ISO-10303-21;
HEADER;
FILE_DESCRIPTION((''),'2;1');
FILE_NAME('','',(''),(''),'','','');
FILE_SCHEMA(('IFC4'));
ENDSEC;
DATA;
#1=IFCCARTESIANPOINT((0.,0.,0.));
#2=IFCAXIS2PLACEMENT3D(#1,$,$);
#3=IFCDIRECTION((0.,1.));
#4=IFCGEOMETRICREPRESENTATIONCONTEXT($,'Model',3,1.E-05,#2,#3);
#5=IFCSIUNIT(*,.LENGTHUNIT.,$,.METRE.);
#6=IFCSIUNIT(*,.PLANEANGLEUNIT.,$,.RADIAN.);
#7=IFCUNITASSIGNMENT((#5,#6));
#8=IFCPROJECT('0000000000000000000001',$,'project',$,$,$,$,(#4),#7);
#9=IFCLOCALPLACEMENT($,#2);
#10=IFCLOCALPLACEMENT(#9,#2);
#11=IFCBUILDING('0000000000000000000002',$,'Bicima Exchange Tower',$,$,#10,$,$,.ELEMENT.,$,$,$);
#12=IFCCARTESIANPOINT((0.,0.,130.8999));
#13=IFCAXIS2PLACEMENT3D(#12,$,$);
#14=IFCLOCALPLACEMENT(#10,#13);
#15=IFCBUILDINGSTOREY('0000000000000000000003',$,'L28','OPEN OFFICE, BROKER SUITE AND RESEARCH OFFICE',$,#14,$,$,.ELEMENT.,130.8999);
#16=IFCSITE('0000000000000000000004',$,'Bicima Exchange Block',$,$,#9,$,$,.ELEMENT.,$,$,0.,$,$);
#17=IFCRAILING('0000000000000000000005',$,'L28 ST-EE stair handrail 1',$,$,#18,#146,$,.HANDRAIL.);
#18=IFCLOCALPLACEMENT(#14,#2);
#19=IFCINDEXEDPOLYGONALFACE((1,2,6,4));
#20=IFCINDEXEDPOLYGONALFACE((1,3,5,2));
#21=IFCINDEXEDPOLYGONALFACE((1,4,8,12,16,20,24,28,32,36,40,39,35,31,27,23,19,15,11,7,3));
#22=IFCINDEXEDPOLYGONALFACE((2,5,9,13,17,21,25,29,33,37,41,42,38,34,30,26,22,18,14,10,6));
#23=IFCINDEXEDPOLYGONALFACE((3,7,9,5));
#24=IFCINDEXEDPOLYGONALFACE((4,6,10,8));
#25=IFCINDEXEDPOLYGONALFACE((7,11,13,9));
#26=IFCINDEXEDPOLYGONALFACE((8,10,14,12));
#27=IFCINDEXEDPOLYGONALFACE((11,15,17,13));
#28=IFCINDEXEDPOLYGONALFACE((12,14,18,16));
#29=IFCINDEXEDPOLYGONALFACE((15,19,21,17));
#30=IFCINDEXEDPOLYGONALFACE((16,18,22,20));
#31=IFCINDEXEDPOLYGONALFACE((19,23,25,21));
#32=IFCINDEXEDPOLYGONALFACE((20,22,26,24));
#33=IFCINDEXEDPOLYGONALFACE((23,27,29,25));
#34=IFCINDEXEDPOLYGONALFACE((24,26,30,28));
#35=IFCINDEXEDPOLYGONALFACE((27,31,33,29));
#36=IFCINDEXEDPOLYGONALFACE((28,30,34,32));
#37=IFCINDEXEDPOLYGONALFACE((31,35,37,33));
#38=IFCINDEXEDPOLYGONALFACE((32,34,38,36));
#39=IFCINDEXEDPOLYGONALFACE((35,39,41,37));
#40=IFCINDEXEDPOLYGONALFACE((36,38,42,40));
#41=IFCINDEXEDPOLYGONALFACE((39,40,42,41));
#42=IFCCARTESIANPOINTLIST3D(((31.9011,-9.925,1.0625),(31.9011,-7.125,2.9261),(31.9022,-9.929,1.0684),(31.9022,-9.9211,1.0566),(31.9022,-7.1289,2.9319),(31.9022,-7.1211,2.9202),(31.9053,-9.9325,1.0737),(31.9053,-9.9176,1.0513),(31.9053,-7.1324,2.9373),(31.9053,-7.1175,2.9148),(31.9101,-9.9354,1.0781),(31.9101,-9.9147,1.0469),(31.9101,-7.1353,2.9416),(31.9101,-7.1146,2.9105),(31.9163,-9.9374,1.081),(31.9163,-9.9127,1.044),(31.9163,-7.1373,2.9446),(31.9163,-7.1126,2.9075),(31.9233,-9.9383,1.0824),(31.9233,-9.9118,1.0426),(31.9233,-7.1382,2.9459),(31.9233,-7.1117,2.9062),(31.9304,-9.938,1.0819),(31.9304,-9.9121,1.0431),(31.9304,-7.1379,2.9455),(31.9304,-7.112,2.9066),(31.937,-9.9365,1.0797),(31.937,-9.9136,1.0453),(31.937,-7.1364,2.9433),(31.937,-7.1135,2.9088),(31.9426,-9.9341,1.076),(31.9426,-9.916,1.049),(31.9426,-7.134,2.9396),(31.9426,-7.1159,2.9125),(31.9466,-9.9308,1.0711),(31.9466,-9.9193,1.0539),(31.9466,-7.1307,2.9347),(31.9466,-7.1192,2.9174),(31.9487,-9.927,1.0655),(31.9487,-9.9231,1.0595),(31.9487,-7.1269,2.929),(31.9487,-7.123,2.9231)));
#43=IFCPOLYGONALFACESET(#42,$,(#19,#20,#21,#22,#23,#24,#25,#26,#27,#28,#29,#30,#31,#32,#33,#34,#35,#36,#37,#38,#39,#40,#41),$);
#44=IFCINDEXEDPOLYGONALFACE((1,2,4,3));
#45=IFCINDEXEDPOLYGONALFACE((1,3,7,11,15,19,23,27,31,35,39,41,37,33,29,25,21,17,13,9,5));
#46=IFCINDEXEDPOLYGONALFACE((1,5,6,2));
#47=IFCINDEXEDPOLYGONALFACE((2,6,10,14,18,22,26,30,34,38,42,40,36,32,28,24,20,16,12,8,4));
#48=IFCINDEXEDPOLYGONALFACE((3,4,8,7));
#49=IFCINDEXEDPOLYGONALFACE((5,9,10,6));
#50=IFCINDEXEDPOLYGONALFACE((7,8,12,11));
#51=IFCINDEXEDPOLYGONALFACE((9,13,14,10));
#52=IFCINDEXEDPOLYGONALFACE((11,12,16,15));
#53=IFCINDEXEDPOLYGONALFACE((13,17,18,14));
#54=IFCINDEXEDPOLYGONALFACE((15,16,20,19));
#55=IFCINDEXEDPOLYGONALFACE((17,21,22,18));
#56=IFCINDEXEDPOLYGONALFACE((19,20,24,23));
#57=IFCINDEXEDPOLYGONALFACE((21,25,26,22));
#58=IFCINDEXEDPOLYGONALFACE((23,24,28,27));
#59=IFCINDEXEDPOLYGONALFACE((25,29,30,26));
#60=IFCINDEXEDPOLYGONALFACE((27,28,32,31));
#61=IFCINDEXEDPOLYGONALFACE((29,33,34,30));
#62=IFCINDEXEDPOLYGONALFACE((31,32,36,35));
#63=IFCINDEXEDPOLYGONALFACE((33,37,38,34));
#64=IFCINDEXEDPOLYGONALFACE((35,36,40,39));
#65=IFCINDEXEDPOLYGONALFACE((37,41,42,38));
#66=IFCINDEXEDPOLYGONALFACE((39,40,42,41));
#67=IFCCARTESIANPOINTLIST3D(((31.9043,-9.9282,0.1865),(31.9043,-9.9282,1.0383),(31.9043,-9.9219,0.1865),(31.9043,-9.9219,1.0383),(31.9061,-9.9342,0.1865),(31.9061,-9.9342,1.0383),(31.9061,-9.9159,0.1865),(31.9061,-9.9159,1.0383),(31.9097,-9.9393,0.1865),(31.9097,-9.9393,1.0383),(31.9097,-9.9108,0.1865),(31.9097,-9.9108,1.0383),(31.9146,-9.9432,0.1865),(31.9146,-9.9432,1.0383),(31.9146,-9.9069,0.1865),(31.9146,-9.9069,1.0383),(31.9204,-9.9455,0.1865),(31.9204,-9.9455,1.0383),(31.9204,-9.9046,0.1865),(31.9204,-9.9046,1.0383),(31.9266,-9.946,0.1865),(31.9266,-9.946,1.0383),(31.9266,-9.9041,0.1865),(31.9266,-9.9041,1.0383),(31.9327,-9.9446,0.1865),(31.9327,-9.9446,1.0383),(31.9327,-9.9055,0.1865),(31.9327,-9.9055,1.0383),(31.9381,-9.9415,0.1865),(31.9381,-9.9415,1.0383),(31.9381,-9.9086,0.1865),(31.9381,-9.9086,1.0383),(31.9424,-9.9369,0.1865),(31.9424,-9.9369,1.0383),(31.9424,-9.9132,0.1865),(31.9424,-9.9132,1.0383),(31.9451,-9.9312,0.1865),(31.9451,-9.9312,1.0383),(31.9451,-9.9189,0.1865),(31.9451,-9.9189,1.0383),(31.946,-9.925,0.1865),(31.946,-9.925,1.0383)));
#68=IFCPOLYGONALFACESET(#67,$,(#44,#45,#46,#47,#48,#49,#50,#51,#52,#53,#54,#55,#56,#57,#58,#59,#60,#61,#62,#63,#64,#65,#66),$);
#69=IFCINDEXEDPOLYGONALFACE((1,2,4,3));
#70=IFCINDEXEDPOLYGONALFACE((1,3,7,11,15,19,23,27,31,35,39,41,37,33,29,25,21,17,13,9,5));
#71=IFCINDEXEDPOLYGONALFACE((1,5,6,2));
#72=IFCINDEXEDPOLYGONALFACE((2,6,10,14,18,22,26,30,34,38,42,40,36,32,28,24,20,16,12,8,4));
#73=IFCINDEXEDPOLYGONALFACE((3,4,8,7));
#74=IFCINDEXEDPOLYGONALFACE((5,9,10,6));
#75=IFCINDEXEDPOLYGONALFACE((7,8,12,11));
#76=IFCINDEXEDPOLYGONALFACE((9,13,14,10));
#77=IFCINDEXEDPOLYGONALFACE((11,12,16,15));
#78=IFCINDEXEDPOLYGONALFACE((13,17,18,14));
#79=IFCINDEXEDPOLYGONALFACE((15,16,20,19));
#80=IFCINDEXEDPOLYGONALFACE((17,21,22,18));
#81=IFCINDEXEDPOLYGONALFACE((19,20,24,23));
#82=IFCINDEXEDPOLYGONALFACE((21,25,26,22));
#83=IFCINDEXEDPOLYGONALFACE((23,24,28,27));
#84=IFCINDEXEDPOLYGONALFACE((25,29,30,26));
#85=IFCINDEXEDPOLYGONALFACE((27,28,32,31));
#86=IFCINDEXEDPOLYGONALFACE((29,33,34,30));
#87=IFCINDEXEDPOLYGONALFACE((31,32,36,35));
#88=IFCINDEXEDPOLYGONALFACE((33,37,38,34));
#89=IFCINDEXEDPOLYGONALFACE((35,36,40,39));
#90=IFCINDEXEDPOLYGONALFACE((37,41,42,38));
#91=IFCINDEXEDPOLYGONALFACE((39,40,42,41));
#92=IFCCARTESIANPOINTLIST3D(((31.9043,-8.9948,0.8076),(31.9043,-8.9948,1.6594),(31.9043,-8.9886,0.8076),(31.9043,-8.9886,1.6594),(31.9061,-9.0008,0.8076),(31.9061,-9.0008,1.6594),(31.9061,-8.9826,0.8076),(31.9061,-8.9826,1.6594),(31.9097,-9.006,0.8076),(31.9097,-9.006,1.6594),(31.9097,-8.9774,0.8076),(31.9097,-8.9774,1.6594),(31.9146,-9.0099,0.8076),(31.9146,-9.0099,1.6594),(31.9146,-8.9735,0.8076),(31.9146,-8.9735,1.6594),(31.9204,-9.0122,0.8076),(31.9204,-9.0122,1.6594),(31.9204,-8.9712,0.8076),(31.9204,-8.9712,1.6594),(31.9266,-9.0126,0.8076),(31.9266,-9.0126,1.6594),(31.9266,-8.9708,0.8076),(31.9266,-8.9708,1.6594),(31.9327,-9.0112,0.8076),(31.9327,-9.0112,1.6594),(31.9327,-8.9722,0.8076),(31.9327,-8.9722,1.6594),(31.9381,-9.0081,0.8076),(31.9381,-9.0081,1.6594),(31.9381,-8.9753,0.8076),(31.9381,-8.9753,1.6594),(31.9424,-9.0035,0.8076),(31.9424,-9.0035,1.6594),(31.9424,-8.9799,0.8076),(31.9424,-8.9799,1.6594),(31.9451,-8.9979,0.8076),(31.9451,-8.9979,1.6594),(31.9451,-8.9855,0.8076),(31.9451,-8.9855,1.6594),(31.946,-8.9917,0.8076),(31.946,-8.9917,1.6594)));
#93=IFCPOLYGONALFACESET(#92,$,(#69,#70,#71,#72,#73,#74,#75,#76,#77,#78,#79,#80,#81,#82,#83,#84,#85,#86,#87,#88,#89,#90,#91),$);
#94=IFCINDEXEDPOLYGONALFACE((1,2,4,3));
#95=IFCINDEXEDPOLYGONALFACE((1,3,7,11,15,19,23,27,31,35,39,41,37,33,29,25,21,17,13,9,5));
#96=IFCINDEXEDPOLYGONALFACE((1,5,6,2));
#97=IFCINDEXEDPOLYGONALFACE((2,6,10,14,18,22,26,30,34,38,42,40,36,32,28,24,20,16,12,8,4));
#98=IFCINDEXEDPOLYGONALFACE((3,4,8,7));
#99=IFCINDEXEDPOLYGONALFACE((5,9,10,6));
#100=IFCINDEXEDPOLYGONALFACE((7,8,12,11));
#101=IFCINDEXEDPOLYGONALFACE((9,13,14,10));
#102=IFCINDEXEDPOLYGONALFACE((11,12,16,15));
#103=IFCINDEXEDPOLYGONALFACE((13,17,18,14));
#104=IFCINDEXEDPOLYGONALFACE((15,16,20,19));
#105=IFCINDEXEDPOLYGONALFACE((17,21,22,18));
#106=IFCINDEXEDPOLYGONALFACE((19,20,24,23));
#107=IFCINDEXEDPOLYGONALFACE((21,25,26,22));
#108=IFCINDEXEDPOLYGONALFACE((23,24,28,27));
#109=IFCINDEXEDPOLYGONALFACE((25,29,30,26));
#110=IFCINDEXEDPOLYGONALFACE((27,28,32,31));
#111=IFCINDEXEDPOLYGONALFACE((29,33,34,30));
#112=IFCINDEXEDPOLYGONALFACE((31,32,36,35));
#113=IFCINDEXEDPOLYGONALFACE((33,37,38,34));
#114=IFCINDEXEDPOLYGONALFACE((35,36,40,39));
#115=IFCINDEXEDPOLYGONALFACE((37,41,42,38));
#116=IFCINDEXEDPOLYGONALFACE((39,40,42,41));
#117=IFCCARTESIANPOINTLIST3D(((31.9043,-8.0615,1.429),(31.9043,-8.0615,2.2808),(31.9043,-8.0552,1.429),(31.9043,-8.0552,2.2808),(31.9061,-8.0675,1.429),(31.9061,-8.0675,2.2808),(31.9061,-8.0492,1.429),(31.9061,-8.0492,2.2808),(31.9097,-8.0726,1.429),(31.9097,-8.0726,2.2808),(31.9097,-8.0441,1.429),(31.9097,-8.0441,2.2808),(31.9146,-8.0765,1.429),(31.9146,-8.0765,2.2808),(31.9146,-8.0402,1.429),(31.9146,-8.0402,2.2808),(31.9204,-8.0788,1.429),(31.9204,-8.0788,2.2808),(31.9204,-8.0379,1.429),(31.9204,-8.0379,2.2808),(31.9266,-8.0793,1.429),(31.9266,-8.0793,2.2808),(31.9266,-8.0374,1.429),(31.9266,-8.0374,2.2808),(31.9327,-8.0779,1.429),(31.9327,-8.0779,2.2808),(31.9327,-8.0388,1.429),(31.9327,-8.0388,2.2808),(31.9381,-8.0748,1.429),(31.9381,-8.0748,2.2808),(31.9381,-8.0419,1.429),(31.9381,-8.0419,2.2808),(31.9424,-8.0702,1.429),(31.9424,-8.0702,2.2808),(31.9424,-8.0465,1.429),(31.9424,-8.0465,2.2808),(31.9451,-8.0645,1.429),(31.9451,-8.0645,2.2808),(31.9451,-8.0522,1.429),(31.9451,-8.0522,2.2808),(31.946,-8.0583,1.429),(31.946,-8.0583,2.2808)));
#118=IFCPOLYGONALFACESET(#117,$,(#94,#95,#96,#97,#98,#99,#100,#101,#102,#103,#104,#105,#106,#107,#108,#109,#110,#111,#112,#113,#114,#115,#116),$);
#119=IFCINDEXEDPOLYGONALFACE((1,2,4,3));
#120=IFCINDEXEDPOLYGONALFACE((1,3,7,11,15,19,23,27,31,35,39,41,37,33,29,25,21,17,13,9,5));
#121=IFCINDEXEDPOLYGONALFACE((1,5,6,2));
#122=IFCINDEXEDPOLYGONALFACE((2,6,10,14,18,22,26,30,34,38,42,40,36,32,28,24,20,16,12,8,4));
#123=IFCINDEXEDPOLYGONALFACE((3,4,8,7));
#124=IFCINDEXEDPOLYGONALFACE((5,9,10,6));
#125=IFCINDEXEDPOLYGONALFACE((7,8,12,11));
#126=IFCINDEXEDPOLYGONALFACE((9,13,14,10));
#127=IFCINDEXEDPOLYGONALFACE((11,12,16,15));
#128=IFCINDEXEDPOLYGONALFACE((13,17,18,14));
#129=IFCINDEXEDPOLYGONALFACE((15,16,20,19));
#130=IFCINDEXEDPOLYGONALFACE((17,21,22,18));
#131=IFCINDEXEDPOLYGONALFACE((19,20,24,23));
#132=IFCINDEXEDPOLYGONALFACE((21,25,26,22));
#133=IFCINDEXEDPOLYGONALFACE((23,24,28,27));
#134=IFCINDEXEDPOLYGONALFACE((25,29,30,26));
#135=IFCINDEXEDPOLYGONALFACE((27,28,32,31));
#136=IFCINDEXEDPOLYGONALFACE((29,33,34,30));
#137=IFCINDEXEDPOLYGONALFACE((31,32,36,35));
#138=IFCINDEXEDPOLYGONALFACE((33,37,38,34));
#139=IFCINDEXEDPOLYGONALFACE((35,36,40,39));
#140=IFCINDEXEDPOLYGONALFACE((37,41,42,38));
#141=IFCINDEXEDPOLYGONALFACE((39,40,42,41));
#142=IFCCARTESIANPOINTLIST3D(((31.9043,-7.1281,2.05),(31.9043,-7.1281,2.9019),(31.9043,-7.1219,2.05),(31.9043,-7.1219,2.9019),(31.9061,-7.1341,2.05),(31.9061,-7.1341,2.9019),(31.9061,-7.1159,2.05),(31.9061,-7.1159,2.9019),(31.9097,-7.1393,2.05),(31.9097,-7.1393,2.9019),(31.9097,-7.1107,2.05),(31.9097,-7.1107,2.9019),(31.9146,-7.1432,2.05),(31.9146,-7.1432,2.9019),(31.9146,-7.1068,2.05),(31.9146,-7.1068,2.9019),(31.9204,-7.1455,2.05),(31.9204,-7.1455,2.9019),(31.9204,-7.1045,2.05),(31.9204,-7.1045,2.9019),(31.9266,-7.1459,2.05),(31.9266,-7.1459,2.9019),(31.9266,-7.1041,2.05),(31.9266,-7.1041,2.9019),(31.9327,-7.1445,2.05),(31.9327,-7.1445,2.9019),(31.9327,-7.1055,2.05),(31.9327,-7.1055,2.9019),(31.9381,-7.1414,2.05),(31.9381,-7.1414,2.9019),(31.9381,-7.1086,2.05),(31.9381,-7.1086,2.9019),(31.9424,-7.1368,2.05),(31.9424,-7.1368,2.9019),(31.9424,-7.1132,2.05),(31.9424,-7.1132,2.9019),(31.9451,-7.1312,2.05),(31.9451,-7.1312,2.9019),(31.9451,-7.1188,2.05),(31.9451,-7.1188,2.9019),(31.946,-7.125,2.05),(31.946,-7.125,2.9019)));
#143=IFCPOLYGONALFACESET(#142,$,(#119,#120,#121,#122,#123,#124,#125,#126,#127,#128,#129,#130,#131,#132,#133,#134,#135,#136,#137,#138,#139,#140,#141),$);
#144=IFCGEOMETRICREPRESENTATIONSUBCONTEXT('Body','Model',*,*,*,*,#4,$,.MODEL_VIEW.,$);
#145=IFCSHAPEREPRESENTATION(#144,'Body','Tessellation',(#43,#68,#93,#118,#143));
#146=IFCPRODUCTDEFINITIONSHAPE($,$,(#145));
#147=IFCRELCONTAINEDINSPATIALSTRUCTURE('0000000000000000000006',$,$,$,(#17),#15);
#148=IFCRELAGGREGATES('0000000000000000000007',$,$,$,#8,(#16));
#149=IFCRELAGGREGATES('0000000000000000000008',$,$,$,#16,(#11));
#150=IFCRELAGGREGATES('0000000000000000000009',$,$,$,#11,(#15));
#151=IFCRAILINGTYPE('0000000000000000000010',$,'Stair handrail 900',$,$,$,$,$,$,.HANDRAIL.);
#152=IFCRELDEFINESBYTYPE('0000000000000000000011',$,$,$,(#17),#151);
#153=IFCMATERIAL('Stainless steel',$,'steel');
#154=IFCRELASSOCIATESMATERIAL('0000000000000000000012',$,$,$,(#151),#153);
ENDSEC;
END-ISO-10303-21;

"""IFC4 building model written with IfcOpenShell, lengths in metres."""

from ifc_helpers import new_model, si_unit, direction, frame, origin, origin_2d, place, context, subcontext, project, spatial, circle, extrude, material, type_object, element, save


model = new_model("IFC4")

# Units and contexts
model_context = context("Model", 3, precision=1e-05, world=origin(), true_north=direction((0.0, 1.0)))
body_context = subcontext(model_context, "Body", "Model", "MODEL_VIEW")
ifc_project = project(units=[si_unit("LENGTHUNIT", "METRE"), si_unit("PLANEANGLEUNIT", "RADIAN")], contexts=[model_context])

# Site, building, storey
site_placement = place(None, origin())
site = spatial("IfcSite", under=ifc_project, at=site_placement, Name="Bicima Exchange Block", CompositionType="ELEMENT", RefElevation=0.0)
building_placement = place(site_placement, origin())
building = spatial("IfcBuilding", under=site, at=building_placement, Name="Bicima Exchange Tower", CompositionType="ELEMENT")
storey_placement = place(building_placement, frame((0.0, 0.0, 130.8999)))
storey = spatial("IfcBuildingStorey", under=building, at=storey_placement, Name="L28", Description="OPEN OFFICE, BROKER SUITE AND RESEARCH OFFICE", CompositionType="ELEMENT", Elevation=130.8999)

# Railing
ifc_material_1 = material(Name="Stainless steel", Category="steel")
railing_type_1 = type_object("IfcRailingType", Name="Stair handrail 900", PredefinedType="HANDRAIL", material=ifc_material_1)
railing_1_placement = place(storey_placement, frame((31.925, -9.925, 0.1865)))
element("IfcRailing", 1, at=railing_1_placement, inside=storey, type_object=railing_type_1, Name="L28 ST-EE stair handrail 1", PredefinedType="HANDRAIL", context=body_context, shape_type="SweptSolid", body=[
    extrude(circle(Radius=0.0239, at=origin_2d()), frame((0.0, 0.0, 0.876), z_axis=(0.0, 0.832486, 0.554047), x_axis=(-1.0, 0.0, 0.0)), (0.0, 0.0, 1.0), 3.3635),
    extrude(circle(Radius=0.021, at=origin_2d()), origin(), (0.0, 0.0, 1.0), 0.8518),
    extrude(circle(Radius=0.021, at=origin_2d()), frame((0.0, 0.9333, 0.6211)), (0.0, 0.0, 1.0), 0.8518),
    extrude(circle(Radius=0.021, at=origin_2d()), frame((0.0, 1.8667, 1.2424)), (0.0, 0.0, 1.0), 0.8518),
    extrude(circle(Radius=0.021, at=origin_2d()), frame((0.0, 2.8, 1.8635)), (0.0, 0.0, 1.0), 0.8518),
])

save(model, "model.ifc")
